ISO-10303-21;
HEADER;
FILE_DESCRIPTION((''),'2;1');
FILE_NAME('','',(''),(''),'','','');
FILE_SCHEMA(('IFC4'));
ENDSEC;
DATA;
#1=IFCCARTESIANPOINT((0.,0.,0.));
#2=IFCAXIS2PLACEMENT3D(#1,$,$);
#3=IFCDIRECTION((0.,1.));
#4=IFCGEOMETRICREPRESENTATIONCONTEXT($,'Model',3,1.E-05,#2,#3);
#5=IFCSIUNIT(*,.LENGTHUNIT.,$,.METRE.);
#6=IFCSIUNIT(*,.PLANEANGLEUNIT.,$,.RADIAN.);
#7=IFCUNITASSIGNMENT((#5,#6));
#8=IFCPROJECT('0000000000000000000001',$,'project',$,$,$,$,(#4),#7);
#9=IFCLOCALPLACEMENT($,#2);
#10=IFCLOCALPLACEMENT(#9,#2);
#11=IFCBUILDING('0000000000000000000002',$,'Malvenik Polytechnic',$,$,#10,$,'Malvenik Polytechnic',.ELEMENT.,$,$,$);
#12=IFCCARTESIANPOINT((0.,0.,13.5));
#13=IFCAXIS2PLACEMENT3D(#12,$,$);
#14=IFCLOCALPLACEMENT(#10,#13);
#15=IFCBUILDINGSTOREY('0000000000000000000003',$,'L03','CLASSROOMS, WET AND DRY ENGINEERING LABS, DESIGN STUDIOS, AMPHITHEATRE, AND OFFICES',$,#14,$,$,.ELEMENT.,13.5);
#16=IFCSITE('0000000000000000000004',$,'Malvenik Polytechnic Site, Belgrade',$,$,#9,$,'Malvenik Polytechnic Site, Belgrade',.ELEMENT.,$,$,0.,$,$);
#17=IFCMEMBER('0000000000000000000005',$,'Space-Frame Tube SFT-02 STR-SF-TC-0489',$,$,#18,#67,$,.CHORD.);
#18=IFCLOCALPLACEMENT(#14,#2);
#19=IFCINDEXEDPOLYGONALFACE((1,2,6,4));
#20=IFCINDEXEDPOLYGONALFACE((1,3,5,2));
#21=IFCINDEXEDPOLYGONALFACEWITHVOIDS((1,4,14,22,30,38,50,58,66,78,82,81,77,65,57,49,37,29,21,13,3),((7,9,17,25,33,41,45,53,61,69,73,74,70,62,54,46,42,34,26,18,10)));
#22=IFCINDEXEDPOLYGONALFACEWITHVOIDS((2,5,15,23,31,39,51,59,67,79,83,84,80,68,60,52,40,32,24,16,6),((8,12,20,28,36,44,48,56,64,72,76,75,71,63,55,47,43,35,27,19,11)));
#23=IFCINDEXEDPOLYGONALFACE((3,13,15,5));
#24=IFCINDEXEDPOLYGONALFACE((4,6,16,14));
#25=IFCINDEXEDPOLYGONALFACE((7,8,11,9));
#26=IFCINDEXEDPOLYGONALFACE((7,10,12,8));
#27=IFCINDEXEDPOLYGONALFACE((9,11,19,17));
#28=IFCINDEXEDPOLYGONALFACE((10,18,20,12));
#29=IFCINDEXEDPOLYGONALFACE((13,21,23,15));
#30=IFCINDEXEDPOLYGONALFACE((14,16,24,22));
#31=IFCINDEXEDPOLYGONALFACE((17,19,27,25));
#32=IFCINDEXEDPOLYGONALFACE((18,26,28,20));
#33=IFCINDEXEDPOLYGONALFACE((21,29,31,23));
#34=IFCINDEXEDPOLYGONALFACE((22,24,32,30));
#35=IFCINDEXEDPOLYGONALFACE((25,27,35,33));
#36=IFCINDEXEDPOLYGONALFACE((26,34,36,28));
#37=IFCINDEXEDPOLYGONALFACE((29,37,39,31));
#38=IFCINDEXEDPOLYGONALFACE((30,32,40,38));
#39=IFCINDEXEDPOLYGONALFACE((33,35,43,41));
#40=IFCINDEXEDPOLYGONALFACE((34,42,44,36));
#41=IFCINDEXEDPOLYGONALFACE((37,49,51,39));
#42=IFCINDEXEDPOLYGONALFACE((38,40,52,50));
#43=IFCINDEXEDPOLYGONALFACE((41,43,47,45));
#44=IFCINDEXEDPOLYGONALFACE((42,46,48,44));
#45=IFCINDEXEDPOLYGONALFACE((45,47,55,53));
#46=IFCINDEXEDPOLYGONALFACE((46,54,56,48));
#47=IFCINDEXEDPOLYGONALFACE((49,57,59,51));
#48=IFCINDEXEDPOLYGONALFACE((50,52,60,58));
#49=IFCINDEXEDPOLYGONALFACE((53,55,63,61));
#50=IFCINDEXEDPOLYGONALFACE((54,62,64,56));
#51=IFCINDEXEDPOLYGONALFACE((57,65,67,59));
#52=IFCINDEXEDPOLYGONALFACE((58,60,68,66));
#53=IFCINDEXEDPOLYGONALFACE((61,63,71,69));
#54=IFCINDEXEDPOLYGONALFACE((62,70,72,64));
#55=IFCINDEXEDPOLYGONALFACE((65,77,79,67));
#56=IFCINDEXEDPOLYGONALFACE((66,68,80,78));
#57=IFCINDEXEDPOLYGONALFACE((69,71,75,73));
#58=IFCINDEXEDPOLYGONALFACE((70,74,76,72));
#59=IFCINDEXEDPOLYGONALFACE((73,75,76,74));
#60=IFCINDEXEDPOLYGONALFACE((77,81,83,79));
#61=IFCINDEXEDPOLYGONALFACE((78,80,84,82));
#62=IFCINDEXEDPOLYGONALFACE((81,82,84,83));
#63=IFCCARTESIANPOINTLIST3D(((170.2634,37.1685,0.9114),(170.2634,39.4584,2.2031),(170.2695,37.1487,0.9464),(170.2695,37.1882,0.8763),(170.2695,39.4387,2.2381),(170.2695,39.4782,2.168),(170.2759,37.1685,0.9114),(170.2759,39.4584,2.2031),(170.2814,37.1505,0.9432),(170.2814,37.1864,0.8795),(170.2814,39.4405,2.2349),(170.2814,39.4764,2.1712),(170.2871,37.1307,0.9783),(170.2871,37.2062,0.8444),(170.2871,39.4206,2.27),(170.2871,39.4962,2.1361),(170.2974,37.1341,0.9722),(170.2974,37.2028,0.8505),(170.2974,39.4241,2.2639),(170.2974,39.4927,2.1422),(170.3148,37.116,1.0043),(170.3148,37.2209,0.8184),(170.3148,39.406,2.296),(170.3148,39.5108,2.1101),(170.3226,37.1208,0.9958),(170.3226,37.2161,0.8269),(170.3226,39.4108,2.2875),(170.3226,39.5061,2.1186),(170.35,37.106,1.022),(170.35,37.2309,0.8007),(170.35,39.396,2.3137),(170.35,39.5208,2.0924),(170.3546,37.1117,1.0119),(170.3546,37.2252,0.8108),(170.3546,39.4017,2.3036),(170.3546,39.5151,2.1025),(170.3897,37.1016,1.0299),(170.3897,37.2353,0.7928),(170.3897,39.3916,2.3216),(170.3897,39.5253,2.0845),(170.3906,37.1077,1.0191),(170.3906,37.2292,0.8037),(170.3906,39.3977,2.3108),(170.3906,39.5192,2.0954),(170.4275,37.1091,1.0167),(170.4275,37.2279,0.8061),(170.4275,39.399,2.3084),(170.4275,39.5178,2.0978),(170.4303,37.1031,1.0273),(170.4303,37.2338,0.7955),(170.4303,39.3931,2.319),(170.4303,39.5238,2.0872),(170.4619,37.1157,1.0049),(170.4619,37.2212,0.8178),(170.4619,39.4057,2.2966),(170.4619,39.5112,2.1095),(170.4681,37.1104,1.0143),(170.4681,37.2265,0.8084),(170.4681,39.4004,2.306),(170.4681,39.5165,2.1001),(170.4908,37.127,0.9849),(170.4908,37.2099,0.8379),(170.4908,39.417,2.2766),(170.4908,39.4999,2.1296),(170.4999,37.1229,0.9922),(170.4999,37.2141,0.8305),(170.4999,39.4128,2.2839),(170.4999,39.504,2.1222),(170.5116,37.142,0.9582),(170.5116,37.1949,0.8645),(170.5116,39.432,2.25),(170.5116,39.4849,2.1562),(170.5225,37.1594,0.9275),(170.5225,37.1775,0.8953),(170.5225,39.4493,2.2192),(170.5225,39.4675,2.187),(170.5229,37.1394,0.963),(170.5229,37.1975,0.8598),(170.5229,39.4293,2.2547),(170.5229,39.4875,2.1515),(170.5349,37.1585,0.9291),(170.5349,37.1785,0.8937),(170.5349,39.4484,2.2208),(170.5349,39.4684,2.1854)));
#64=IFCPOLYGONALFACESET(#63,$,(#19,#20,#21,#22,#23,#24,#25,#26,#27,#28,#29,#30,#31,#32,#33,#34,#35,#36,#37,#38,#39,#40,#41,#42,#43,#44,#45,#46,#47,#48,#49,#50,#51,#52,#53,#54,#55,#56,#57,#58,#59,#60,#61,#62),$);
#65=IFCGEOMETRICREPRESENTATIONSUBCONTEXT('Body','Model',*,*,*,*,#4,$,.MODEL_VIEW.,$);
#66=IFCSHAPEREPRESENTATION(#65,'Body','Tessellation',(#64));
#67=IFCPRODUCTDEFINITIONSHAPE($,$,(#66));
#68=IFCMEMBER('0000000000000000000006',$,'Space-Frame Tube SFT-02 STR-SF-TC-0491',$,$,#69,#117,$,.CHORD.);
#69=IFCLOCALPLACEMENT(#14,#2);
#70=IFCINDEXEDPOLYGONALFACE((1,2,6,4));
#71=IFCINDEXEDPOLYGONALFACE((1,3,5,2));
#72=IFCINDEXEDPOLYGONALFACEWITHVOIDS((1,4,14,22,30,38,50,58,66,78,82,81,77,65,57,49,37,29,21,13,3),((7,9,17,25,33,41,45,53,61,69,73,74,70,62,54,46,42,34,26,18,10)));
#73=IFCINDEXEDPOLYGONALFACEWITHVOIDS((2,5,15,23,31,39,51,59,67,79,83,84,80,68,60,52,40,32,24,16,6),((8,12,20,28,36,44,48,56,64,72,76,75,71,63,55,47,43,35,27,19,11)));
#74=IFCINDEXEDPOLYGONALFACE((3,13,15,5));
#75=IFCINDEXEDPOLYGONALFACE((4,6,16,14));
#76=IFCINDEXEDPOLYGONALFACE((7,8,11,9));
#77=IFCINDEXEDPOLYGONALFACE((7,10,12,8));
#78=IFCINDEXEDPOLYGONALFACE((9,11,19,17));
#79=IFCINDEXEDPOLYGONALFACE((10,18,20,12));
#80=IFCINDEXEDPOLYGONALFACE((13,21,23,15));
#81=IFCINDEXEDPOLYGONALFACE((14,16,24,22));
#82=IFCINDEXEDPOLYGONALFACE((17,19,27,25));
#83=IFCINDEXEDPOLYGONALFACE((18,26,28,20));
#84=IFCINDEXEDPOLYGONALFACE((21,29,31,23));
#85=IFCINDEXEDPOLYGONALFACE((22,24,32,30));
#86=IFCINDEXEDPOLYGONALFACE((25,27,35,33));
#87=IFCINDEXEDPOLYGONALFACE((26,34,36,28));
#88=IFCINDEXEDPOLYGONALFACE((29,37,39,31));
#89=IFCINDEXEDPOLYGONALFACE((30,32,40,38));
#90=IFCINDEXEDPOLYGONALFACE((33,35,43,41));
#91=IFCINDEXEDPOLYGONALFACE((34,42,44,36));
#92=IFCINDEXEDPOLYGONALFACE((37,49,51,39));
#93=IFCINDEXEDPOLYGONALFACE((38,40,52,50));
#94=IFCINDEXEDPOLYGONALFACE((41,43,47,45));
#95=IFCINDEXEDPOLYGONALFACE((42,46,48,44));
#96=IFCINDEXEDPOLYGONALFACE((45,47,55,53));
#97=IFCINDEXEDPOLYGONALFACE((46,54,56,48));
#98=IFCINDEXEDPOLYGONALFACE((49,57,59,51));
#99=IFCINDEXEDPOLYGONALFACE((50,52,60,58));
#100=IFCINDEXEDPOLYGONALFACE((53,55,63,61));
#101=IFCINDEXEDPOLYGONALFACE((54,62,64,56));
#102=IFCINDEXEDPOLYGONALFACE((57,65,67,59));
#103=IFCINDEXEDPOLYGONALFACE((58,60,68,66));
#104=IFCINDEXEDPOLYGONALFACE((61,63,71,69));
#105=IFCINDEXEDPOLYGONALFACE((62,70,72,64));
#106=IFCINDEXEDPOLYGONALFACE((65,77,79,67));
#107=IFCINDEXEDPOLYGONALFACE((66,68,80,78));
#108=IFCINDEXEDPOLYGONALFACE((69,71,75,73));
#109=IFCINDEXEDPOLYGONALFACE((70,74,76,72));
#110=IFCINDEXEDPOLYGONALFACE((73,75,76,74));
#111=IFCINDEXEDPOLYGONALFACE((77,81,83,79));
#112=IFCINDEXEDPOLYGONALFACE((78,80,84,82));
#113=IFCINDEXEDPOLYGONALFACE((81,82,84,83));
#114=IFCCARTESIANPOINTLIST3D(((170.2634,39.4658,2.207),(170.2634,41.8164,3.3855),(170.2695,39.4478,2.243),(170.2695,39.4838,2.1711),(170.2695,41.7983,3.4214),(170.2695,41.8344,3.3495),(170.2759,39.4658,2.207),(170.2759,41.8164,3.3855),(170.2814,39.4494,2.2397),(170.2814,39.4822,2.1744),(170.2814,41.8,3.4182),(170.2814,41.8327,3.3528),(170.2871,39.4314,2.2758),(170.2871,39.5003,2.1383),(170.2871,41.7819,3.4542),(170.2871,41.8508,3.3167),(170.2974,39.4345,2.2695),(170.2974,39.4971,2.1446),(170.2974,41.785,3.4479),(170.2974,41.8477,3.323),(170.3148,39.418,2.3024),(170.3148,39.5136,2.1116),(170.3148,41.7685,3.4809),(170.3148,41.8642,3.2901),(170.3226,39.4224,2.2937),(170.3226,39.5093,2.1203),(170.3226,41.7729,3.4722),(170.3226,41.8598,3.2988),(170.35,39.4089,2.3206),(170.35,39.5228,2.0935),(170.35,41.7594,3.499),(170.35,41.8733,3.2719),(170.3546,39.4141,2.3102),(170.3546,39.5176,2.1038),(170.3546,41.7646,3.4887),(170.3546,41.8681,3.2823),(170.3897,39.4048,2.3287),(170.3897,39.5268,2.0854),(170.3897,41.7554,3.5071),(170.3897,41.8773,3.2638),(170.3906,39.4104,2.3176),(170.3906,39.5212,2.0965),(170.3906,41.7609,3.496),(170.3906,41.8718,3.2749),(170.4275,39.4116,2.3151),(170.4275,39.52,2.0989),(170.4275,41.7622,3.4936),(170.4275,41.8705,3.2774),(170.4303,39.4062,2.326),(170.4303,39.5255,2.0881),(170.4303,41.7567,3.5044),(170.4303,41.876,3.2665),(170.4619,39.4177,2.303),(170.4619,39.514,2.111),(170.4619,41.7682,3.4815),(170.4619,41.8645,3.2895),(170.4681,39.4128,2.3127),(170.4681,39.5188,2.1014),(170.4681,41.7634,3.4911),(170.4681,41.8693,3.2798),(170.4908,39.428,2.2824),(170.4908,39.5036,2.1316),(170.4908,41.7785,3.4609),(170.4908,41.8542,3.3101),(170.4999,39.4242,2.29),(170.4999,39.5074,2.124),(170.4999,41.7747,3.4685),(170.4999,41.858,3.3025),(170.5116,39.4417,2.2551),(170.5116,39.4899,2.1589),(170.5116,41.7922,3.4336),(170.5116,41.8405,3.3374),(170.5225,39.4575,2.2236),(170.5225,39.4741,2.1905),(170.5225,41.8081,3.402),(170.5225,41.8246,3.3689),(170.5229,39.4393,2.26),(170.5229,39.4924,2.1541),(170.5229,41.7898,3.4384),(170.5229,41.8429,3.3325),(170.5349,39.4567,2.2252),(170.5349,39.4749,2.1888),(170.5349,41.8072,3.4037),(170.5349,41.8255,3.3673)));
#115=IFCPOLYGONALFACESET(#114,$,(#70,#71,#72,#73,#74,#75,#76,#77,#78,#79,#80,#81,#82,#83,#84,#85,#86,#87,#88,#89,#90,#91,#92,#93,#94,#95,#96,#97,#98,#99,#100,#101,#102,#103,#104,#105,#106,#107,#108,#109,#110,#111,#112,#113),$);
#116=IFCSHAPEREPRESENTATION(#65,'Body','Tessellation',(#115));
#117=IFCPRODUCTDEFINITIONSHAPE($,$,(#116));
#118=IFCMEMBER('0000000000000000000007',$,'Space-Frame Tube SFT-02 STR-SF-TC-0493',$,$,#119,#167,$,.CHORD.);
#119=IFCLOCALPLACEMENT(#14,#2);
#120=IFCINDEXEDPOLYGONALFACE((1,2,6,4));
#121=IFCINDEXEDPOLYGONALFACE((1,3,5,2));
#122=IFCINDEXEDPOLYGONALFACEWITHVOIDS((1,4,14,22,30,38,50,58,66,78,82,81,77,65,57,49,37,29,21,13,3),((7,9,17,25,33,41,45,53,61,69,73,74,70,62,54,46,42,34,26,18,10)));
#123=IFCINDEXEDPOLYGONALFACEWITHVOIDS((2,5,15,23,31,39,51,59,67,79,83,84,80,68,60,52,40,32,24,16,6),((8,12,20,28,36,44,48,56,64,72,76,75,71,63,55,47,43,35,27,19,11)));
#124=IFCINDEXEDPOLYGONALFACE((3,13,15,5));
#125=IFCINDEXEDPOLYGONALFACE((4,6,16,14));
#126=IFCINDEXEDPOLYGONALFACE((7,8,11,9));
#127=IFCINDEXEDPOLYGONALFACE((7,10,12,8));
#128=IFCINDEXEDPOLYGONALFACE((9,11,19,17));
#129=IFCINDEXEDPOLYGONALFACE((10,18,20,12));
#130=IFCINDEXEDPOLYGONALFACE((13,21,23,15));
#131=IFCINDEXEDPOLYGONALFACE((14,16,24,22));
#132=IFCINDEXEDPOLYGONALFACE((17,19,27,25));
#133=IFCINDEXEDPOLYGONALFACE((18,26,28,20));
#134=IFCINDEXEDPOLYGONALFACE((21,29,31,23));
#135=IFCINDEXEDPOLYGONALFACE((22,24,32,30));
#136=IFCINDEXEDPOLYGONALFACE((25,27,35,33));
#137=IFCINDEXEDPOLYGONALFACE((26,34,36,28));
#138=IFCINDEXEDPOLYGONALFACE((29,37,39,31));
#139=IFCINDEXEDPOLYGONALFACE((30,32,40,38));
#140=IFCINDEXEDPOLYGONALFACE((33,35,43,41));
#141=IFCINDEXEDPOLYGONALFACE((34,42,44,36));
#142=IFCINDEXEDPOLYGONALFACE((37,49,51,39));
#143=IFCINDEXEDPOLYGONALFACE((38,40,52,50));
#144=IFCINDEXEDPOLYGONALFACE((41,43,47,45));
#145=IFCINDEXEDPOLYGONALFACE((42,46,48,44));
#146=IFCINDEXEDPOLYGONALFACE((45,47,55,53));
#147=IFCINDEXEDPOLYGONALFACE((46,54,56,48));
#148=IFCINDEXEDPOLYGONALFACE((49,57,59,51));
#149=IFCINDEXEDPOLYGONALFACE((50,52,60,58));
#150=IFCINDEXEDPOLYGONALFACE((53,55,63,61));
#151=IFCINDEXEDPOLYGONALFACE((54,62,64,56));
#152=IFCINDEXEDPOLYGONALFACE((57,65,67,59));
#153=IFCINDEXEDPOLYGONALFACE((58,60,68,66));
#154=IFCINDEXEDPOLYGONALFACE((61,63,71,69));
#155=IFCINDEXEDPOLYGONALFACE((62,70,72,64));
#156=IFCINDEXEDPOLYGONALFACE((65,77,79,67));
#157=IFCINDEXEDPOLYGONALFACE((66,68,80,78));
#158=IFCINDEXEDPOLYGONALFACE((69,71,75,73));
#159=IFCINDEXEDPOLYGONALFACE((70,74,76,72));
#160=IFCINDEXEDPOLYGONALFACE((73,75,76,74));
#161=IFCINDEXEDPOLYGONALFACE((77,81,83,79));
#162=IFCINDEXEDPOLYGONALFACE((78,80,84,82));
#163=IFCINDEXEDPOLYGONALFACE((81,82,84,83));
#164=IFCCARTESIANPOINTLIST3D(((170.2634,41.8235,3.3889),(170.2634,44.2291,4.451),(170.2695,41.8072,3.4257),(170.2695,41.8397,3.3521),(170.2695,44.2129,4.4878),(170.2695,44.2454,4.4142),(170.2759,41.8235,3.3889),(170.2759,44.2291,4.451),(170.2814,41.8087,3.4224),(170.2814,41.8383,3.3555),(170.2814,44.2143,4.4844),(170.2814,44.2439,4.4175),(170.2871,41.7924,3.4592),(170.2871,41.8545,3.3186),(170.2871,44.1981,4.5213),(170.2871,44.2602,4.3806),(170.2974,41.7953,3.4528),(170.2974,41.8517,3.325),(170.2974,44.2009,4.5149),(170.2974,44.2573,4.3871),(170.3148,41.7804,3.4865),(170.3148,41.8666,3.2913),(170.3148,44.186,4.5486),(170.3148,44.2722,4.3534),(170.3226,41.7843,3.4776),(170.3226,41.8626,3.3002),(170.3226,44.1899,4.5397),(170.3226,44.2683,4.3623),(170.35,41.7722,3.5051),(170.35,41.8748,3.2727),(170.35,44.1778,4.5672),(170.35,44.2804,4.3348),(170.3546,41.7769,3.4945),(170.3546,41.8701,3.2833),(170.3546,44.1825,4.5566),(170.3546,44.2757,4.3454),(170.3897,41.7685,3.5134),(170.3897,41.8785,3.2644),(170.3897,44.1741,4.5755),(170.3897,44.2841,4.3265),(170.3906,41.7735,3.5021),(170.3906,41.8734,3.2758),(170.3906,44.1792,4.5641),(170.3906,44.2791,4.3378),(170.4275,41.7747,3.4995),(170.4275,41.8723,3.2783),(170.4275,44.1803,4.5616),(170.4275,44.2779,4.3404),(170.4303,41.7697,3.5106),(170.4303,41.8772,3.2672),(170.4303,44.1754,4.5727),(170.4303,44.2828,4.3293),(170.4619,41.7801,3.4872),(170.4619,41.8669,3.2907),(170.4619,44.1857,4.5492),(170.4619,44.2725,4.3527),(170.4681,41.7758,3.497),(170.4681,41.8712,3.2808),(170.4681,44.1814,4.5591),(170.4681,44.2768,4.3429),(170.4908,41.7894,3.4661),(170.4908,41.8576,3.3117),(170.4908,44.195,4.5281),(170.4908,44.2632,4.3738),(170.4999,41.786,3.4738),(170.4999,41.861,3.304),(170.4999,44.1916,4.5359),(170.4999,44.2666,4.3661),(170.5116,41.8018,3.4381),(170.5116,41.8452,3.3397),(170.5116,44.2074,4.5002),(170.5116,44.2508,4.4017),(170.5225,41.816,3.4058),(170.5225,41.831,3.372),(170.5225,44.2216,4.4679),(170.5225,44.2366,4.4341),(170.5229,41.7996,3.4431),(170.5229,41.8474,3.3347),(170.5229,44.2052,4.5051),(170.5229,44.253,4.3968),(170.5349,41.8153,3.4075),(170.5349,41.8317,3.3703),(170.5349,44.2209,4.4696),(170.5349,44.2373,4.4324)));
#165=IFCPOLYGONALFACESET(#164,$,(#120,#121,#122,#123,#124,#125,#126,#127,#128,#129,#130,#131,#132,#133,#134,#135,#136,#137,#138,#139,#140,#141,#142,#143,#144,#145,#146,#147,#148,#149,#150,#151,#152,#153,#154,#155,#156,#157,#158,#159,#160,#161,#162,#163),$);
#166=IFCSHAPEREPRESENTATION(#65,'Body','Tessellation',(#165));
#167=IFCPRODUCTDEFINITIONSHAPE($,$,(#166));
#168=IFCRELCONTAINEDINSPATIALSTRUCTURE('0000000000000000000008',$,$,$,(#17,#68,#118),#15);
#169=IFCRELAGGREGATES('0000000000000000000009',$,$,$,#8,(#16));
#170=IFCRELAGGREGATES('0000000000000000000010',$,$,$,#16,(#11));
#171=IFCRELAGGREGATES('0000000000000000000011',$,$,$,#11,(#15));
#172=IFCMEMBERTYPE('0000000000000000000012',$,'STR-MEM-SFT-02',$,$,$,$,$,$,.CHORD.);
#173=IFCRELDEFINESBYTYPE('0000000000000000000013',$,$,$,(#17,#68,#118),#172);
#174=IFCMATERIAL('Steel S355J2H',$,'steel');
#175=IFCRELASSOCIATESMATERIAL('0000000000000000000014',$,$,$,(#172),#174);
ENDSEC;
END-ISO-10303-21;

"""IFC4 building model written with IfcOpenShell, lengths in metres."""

from ifc_helpers import new_model, si_unit, direction, frame, origin, origin_2d, place, context, subcontext, project, spatial, hollow_circle, extrude, material, material_profile, profile_set, type_object, element, save


model = new_model("IFC4")

# Units and contexts
model_context = context("Model", 3, precision=1e-05, world=origin(), true_north=direction((0.0, 1.0)))
body_context = subcontext(model_context, "Body", "Model", "MODEL_VIEW")
ifc_project = project(units=[si_unit("LENGTHUNIT", "METRE"), si_unit("PLANEANGLEUNIT", "RADIAN")], contexts=[model_context])

# Site, building, storey
site_placement = place(None, origin())
site = spatial("IfcSite", under=ifc_project, at=site_placement, Name="Malvenik Polytechnic Site, Belgrade", LongName="Malvenik Polytechnic Site, Belgrade", CompositionType="ELEMENT", RefElevation=0.0)
building_placement = place(site_placement, origin())
building = spatial("IfcBuilding", under=site, at=building_placement, Name="Malvenik Polytechnic", LongName="Malvenik Polytechnic", CompositionType="ELEMENT")
storey_placement = place(building_placement, frame((0.0, 0.0, 13.5)))
storey = spatial("IfcBuildingStorey", under=building, at=storey_placement, Name="L03", Description="CLASSROOMS, WET AND DRY ENGINEERING LABS, DESIGN STUDIOS, AMPHITHEATRE, AND OFFICES", CompositionType="ELEMENT", Elevation=13.5)

# Members
ifc_material_1 = material(Name="Steel S355J2H", Category="steel")
ifc_material_profile_1 = material_profile(ifc_material_1, hollow_circle(Radius=0.1365, WallThickness=0.0125, at=origin_2d()), Name="CHS 273.0x12.5")
ifc_profile_set_1 = profile_set([ifc_material_profile_1], Name="Steel S355J2H")
member_type_1 = type_object("IfcMemberType", Name="STR-MEM-SFT-02", PredefinedType="CHORD", material=ifc_profile_set_1)
member_1_placement = place(storey_placement, frame((170.3999, 37.1685, 0.9114), z_axis=(0.0, 0.87099, 0.491301), x_axis=(-1.0, 0.0, 0.0)))
element("IfcMember", 1, at=member_1_placement, inside=storey, type_object=member_type_1, Name="Space-Frame Tube SFT-02 STR-SF-TC-0489", PredefinedType="CHORD", context=body_context, shape_type="SweptSolid", body=[
    extrude(hollow_circle(Radius=0.1365, WallThickness=0.0125, at=origin_2d()), origin(), (0.0, 0.0, 1.0), 2.6292),
])
member_2_placement = place(storey_placement, frame((170.3999, 39.4658, 2.207), z_axis=(0.0, 0.893944, 0.448179), x_axis=(-1.0, 0.0, 0.0)))
element("IfcMember", 2, at=member_2_placement, inside=storey, type_object=member_type_1, Name="Space-Frame Tube SFT-02 STR-SF-TC-0491", PredefinedType="CHORD", context=body_context, shape_type="SweptSolid", body=[
    extrude(hollow_circle(Radius=0.1365, WallThickness=0.0125, at=origin_2d()), origin(), (0.0, 0.0, 1.0), 2.6294),
])
member_3_placement = place(storey_placement, frame((170.3999, 41.8235, 3.3889), z_axis=(0.0, 0.914812, 0.40388), x_axis=(-1.0, 0.0, 0.0)))
element("IfcMember", 3, at=member_3_placement, inside=storey, type_object=member_type_1, Name="Space-Frame Tube SFT-02 STR-SF-TC-0493", PredefinedType="CHORD", context=body_context, shape_type="SweptSolid", body=[
    extrude(hollow_circle(Radius=0.1365, WallThickness=0.0125, at=origin_2d()), origin(), (0.0, 0.0, 1.0), 2.6296),
])

save(model, "model.ifc")
